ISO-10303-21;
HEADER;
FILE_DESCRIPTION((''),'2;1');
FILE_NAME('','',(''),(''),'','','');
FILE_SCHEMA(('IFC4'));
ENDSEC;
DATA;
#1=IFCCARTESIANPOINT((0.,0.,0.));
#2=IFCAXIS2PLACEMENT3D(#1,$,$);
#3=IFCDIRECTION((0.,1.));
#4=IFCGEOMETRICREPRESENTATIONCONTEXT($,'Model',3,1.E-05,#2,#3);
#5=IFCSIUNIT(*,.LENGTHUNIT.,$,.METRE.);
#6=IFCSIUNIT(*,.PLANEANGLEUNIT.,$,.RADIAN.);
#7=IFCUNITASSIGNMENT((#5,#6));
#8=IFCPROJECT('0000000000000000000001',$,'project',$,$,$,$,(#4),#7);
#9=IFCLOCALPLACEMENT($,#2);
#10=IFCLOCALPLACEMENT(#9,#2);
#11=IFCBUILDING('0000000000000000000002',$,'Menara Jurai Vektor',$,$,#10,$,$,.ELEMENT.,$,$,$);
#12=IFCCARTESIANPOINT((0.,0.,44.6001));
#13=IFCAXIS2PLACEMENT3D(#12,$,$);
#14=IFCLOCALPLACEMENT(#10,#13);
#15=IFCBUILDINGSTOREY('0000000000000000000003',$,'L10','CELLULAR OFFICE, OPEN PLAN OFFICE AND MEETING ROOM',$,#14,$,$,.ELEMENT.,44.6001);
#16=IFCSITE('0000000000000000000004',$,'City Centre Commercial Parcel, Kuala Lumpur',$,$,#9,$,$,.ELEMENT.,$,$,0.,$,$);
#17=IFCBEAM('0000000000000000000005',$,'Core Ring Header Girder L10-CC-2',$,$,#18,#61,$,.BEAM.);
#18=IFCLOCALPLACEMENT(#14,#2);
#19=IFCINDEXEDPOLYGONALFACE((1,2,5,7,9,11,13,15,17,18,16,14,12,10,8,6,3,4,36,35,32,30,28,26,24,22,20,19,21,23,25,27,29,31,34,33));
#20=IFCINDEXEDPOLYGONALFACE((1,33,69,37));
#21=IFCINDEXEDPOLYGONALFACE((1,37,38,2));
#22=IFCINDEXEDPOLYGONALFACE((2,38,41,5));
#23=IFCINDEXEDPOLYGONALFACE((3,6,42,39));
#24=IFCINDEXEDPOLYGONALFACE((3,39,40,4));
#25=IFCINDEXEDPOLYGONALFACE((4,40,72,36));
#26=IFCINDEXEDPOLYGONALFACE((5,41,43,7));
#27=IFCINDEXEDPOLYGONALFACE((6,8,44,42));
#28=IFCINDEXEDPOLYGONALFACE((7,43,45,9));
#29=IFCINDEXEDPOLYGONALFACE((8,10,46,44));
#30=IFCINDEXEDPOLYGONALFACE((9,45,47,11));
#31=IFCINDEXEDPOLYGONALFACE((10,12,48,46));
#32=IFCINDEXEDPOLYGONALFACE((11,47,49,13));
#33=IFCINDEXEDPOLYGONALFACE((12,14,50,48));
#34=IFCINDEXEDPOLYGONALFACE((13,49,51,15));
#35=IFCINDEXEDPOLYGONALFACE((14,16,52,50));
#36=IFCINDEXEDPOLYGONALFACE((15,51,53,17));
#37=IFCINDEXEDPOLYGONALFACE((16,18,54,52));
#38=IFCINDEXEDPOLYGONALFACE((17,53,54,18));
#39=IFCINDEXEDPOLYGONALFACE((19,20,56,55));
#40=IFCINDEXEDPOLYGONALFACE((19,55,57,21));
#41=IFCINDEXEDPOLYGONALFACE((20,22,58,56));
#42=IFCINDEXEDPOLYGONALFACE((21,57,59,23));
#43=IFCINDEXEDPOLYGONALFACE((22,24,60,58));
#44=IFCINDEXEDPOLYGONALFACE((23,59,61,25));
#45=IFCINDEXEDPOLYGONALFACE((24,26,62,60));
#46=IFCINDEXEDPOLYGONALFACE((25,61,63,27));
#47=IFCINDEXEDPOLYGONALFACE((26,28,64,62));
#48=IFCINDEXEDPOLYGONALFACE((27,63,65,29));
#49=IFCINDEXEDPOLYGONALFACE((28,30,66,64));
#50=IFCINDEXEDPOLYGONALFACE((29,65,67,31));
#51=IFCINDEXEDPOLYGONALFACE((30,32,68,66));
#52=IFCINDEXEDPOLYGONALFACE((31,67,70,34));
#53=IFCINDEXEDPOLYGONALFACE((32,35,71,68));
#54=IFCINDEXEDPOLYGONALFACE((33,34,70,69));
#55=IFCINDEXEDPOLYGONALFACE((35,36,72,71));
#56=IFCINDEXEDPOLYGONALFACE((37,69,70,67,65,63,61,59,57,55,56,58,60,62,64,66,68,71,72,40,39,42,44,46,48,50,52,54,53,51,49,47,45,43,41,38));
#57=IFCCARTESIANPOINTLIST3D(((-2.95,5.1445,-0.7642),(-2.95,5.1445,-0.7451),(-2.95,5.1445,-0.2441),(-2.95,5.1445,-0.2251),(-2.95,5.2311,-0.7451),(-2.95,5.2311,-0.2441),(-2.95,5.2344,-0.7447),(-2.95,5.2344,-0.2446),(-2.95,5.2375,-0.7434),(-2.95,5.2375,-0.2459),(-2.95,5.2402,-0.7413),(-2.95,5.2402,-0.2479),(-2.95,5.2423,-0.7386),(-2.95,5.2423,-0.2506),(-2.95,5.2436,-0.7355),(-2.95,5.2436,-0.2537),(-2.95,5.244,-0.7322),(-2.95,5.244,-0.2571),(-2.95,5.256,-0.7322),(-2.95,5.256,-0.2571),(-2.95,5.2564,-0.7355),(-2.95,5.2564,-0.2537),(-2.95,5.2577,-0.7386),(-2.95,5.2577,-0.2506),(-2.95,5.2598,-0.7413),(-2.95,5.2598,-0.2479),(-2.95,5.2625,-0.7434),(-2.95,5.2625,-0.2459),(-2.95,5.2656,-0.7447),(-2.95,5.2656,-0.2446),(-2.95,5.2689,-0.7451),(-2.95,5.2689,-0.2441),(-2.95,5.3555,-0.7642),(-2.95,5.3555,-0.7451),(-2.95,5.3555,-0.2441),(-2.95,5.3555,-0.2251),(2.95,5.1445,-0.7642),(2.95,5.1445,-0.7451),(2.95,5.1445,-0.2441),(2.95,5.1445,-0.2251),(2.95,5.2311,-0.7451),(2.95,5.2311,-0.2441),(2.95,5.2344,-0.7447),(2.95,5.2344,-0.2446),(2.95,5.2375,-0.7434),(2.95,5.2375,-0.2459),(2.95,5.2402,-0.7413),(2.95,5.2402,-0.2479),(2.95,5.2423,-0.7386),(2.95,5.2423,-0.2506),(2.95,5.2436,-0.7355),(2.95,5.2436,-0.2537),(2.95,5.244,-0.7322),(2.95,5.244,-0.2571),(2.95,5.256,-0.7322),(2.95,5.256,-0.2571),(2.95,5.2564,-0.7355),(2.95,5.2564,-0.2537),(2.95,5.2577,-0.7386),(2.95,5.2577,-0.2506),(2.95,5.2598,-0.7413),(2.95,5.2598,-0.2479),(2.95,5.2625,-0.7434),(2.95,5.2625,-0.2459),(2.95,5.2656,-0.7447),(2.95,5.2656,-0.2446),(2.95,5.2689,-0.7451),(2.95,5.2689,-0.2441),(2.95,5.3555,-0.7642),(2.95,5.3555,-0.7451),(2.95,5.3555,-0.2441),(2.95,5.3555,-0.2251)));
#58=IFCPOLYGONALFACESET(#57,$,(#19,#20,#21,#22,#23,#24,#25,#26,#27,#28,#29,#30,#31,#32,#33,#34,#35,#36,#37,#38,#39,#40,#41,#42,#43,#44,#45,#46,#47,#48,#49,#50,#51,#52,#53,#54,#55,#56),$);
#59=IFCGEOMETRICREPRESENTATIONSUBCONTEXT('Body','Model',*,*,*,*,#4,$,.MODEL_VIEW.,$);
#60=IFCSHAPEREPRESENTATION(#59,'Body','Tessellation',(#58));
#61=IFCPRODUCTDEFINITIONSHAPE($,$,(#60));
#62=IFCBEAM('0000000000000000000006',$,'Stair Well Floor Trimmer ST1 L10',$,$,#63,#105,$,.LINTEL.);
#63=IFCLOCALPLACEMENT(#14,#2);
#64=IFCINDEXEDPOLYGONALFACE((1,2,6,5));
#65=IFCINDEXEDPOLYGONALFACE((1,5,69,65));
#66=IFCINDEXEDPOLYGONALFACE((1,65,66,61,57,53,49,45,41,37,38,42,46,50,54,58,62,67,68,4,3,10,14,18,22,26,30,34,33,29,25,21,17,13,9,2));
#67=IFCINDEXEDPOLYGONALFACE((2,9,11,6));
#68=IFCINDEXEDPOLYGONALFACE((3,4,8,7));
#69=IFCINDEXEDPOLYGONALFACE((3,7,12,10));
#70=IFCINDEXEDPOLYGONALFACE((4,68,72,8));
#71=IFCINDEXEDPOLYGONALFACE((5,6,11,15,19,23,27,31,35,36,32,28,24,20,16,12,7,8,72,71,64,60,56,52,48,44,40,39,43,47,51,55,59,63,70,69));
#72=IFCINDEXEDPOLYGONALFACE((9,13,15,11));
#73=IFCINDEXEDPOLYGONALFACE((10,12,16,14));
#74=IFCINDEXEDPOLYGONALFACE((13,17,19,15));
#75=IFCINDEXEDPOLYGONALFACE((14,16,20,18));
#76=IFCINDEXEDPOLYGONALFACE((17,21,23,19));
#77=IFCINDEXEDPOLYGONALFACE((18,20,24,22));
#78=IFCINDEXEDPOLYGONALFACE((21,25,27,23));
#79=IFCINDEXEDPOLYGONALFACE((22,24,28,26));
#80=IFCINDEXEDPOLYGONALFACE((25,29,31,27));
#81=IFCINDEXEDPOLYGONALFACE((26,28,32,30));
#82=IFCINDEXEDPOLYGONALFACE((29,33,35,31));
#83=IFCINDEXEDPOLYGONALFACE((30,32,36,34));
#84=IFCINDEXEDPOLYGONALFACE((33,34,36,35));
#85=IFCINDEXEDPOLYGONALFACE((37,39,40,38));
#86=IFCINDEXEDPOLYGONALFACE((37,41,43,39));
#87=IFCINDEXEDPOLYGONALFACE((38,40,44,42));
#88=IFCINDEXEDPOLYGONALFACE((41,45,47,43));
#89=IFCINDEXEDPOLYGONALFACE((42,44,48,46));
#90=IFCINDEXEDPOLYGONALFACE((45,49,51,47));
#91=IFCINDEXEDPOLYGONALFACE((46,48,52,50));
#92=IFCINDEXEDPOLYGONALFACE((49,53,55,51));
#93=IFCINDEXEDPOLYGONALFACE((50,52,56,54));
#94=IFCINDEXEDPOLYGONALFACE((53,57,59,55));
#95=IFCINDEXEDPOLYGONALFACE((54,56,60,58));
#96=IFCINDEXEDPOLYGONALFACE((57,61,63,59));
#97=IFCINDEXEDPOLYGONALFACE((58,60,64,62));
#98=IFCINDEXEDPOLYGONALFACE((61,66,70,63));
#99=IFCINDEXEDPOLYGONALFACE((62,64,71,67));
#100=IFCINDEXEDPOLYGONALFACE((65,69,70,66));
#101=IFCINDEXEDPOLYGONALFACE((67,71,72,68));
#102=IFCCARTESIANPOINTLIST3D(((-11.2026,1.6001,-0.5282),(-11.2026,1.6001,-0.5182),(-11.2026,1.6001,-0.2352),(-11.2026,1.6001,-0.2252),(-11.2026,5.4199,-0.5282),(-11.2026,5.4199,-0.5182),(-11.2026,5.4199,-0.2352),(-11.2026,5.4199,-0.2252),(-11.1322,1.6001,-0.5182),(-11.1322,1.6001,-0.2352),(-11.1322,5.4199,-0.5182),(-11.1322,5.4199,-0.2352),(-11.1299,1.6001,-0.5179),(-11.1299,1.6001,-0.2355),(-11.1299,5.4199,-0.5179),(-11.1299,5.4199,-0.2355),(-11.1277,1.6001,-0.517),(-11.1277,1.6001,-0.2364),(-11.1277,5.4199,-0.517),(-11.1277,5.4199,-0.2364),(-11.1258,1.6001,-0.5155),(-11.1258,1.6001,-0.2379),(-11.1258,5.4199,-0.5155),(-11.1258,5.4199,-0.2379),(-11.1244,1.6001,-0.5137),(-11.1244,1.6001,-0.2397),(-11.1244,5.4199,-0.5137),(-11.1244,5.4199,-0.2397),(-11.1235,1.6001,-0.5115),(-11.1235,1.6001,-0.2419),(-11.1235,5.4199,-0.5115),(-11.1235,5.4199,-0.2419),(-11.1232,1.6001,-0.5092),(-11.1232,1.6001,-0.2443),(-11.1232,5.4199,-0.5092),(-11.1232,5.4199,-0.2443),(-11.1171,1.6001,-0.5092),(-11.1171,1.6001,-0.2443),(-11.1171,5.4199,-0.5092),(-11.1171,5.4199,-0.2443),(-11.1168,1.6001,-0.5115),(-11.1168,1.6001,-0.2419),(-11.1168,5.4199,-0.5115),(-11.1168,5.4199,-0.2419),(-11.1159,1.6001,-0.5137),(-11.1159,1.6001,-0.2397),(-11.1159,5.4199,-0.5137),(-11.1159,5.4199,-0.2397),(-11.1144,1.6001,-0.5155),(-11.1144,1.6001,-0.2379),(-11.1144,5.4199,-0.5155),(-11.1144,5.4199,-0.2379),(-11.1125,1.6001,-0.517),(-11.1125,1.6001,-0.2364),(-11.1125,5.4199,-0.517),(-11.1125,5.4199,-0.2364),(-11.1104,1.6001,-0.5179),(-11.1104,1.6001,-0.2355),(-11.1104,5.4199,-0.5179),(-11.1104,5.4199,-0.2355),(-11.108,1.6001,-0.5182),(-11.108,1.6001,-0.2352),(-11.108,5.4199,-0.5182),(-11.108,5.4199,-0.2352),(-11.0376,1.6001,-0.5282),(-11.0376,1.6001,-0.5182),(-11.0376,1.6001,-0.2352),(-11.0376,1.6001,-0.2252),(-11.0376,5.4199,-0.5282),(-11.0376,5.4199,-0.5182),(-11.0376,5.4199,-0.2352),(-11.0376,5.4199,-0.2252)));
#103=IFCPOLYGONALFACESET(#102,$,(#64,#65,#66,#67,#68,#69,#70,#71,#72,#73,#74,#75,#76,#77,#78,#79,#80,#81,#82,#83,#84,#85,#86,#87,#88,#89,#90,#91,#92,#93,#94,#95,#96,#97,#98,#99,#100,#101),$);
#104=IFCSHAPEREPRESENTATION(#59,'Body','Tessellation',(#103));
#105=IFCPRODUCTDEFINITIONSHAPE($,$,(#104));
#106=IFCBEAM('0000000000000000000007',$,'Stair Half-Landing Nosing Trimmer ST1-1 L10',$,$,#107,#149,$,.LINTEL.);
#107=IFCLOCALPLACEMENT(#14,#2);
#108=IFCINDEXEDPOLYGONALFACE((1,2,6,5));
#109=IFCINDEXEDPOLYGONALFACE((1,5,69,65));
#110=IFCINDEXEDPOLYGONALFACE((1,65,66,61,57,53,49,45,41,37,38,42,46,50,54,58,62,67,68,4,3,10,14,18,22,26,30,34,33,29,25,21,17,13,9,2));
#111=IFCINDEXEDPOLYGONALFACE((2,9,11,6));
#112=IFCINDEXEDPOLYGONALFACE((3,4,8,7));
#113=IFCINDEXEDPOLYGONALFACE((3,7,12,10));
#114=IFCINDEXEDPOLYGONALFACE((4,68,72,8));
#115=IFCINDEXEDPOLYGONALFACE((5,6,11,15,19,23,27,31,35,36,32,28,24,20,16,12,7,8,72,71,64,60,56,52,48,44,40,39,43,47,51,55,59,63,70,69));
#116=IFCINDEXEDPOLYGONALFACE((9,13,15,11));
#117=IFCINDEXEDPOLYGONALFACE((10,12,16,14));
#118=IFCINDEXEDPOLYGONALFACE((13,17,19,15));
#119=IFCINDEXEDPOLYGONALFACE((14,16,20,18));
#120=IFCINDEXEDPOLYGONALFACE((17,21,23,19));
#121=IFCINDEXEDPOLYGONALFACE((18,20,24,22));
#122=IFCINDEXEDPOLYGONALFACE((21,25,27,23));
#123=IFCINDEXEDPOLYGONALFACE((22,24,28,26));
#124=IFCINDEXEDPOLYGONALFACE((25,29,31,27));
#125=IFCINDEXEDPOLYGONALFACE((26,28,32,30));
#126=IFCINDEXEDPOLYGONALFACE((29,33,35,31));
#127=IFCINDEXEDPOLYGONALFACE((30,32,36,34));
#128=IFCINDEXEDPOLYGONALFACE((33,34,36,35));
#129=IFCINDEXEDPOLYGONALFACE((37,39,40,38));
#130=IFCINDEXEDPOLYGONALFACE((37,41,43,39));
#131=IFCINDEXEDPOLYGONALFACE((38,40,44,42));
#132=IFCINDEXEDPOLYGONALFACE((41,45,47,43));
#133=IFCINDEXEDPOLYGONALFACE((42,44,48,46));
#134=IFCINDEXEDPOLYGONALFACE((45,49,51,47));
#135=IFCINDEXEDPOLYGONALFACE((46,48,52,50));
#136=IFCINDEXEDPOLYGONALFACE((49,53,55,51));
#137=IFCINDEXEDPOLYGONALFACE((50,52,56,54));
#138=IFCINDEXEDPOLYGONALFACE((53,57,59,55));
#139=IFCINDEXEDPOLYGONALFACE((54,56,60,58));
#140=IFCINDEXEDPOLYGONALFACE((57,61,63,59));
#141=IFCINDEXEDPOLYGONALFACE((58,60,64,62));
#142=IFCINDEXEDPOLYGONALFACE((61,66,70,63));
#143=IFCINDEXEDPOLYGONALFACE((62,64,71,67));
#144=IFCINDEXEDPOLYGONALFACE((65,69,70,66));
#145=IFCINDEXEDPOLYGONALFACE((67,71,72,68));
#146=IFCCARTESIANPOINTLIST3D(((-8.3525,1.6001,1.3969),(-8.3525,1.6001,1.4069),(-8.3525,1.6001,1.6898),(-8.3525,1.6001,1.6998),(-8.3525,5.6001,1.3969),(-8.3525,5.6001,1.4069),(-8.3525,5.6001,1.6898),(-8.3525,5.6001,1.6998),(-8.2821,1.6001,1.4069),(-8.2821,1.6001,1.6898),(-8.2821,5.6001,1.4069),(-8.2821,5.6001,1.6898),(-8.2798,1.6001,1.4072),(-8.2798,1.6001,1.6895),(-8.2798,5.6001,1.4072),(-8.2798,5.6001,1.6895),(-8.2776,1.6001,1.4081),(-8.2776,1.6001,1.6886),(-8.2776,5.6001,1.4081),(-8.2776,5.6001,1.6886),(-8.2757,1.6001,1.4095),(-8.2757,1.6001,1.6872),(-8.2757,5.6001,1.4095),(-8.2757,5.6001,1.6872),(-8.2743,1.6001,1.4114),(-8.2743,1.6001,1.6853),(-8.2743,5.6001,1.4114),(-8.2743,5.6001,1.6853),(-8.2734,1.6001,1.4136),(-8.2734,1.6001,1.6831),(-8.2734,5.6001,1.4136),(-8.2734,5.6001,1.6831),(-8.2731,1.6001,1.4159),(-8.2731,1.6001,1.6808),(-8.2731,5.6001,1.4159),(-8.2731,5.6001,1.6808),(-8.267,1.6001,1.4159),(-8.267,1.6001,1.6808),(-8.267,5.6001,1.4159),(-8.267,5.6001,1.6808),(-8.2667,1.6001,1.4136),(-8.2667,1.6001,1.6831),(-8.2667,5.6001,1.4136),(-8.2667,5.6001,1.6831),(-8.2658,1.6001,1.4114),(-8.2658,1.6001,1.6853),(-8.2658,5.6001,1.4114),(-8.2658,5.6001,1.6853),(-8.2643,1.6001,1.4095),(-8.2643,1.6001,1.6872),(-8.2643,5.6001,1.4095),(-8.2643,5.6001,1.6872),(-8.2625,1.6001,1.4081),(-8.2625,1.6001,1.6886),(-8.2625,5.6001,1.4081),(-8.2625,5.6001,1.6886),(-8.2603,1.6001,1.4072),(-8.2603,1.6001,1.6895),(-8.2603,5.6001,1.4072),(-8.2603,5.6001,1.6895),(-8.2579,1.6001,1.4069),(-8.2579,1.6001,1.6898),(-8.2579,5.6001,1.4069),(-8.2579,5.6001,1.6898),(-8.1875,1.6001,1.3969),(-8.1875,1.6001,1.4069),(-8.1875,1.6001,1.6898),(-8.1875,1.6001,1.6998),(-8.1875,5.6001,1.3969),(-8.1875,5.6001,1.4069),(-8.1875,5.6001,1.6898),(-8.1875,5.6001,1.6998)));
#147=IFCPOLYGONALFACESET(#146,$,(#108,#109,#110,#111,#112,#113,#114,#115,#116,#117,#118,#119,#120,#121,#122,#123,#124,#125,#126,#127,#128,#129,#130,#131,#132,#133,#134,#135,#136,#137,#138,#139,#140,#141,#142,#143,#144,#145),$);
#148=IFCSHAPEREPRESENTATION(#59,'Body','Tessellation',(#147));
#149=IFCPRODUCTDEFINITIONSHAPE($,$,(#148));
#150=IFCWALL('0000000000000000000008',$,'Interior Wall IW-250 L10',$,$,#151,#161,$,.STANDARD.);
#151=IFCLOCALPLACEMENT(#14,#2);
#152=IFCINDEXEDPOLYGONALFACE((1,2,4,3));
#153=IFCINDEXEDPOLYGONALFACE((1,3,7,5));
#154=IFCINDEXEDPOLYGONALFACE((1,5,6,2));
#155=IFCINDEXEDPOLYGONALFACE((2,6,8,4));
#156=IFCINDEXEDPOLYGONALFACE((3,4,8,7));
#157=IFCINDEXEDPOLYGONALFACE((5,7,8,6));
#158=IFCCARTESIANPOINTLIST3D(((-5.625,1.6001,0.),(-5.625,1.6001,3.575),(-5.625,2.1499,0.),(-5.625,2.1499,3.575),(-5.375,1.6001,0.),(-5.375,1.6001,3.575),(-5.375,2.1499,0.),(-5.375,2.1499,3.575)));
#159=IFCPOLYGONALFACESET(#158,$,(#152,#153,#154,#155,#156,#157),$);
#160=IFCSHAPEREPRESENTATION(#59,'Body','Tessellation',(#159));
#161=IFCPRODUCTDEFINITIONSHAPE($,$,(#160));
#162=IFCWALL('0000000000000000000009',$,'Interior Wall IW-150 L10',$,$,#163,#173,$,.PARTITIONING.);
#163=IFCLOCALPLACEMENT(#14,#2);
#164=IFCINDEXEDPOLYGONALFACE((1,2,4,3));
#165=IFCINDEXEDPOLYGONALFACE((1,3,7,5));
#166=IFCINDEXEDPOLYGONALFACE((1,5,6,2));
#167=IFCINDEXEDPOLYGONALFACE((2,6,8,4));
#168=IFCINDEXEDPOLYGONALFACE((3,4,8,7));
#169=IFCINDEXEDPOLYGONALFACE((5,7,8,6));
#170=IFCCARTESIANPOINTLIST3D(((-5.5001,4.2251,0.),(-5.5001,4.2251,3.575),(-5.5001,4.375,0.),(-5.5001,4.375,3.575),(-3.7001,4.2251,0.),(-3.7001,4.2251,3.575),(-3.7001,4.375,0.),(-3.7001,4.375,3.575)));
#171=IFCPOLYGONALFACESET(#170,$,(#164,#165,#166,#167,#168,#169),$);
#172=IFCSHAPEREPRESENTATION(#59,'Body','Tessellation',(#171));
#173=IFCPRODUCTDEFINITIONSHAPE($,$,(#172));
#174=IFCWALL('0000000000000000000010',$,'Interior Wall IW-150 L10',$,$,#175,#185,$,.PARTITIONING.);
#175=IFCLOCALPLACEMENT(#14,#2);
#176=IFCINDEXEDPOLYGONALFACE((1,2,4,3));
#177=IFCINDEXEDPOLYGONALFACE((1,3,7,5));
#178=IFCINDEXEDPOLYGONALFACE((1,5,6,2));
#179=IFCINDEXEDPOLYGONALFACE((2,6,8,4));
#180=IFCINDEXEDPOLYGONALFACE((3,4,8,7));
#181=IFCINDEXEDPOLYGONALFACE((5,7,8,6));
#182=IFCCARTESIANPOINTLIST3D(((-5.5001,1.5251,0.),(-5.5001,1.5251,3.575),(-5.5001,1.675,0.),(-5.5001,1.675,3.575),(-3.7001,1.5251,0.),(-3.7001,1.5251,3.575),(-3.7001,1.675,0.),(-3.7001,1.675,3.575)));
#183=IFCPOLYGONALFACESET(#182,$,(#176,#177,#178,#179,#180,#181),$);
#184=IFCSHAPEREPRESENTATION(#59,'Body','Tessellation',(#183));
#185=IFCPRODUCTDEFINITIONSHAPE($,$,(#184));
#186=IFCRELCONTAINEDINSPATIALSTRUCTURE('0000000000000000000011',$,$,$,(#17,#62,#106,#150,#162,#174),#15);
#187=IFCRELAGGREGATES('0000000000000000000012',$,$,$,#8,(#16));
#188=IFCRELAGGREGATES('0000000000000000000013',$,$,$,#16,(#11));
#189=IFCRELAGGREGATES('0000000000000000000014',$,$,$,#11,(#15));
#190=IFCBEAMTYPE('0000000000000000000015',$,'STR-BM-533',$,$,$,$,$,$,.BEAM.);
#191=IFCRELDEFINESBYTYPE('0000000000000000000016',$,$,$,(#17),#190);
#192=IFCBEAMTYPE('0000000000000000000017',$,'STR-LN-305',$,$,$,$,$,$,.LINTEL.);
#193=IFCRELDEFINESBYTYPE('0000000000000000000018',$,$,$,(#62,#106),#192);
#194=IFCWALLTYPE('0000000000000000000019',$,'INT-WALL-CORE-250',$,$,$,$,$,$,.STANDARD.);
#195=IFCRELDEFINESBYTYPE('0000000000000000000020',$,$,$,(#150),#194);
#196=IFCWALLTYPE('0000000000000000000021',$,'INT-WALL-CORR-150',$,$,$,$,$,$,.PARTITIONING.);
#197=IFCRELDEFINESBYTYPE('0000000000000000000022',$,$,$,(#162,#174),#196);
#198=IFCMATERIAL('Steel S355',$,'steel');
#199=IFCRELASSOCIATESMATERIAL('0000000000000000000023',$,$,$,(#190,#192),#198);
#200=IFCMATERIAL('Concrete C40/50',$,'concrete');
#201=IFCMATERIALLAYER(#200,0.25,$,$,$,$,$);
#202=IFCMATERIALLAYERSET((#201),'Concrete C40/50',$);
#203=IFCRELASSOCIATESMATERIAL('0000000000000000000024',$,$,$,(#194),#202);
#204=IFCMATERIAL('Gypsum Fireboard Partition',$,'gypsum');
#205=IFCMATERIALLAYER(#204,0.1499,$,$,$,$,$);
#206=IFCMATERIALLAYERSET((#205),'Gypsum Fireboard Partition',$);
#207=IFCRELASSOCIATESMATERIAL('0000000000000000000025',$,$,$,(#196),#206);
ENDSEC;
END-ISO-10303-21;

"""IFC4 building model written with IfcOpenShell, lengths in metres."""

from ifc_helpers import new_model, si_unit, direction, frame, frame_2d, origin, origin_2d, place, context, subcontext, project, spatial, rectangle, i_section, extrude, material, layer, layer_set, material_profile, profile_set, type_object, element, save


model = new_model("IFC4")

# Units and contexts
model_context = context("Model", 3, precision=1e-05, world=origin(), true_north=direction((0.0, 1.0)))
body_context = subcontext(model_context, "Body", "Model", "MODEL_VIEW")
ifc_project = project(units=[si_unit("LENGTHUNIT", "METRE"), si_unit("PLANEANGLEUNIT", "RADIAN")], contexts=[model_context])

# Site, building, storey
site_placement = place(None, origin())
site = spatial("IfcSite", under=ifc_project, at=site_placement, Name="City Centre Commercial Parcel, Kuala Lumpur", CompositionType="ELEMENT", RefElevation=0.0)
building_placement = place(site_placement, origin())
building = spatial("IfcBuilding", under=site, at=building_placement, Name="Menara Jurai Vektor", CompositionType="ELEMENT")
storey_placement = place(building_placement, frame((0.0, 0.0, 44.6001)))
storey = spatial("IfcBuildingStorey", under=building, at=storey_placement, Name="L10", Description="CELLULAR OFFICE, OPEN PLAN OFFICE AND MEETING ROOM", CompositionType="ELEMENT", Elevation=44.6001)

# Shared definitions
ifc_material_1 = material(Name="Steel S355", Category="steel")

# Beams
ifc_material_profile_1 = material_profile(ifc_material_1, i_section(OverallWidth=0.2109, OverallDepth=0.5391, WebThickness=0.012, FlangeThickness=0.019, FilletRadius=0.0129, at=origin_2d()), Name="UKB 533x210x109")
ifc_profile_set_1 = profile_set([ifc_material_profile_1], Name="Steel S355")
beam_type_1 = type_object("IfcBeamType", Name="STR-BM-533", PredefinedType="BEAM", material=ifc_profile_set_1)
beam_1_placement = place(storey_placement, frame((-2.95, 5.25, -0.4946), z_axis=(1.0, 0.0, 0.0), x_axis=(0.0, 1.0, 0.0)))
element("IfcBeam", 1, at=beam_1_placement, inside=storey, type_object=beam_type_1, Name="Core Ring Header Girder L10-CC-2", PredefinedType="BEAM", context=body_context, shape_type="SweptSolid", body=[
    extrude(i_section(OverallWidth=0.2109, OverallDepth=0.5391, WebThickness=0.012, FlangeThickness=0.019, FilletRadius=0.0129, at=origin_2d()), origin(), (0.0, 0.0, 1.0), 5.8999),
])
ifc_material_profile_2 = material_profile(ifc_material_1, i_section(OverallWidth=0.165, OverallDepth=0.303, WebThickness=0.0061, FlangeThickness=0.01, FilletRadius=0.009, at=origin_2d()), Name="UKB 305x165x40")
ifc_profile_set_2 = profile_set([ifc_material_profile_2], Name="Steel S355")
beam_type_2 = type_object("IfcBeamType", Name="STR-LN-305", PredefinedType="LINTEL", material=ifc_profile_set_2)
beam_2_placement = place(storey_placement, frame((-11.1201, 1.6001, -0.3767), z_axis=(0.0, 1.0, 0.0), x_axis=(-1.0, 0.0, 0.0)))
element("IfcBeam", 2, at=beam_2_placement, inside=storey, type_object=beam_type_2, Name="Stair Well Floor Trimmer ST1 L10", PredefinedType="LINTEL", context=body_context, shape_type="SweptSolid", body=[
    extrude(i_section(OverallWidth=0.165, OverallDepth=0.303, WebThickness=0.0061, FlangeThickness=0.01, FilletRadius=0.009, at=origin_2d()), origin(), (0.0, 0.0, 1.0), 3.8198),
])
beam_3_placement = place(storey_placement, frame((-8.27, 1.6001, 1.5483), z_axis=(0.0, 1.0, 0.0), x_axis=(-1.0, 0.0, 0.0)))
element("IfcBeam", 3, at=beam_3_placement, inside=storey, type_object=beam_type_2, Name="Stair Half-Landing Nosing Trimmer ST1-1 L10", PredefinedType="LINTEL", context=body_context, shape_type="SweptSolid", body=[
    extrude(i_section(OverallWidth=0.165, OverallDepth=0.303, WebThickness=0.0061, FlangeThickness=0.01, FilletRadius=0.009, at=origin_2d()), origin(), (0.0, 0.0, 1.0), 4.0),
])

# Shared definitions
ifc_material_2 = material(Name="Concrete C40/50", Category="concrete")
ifc_layer_1 = layer(ifc_material_2, 0.25)
ifc_layer_set_1 = layer_set([ifc_layer_1], Name="Concrete C40/50")
wall_type_1 = type_object("IfcWallType", Name="INT-WALL-CORE-250", PredefinedType="STANDARD", material=ifc_layer_set_1)

# Walls
wall_1_placement = place(storey_placement, frame((-5.5, 1.6001, 0.0), z_axis=(0.0, 0.0, 1.0), x_axis=(0.0, 1.0, 0.0)))
element("IfcWall", 4, at=wall_1_placement, inside=storey, type_object=wall_type_1, Name="Interior Wall IW-250 L10", PredefinedType="STANDARD", context=body_context, shape_type="SweptSolid", body=[
    extrude(rectangle(XDim=0.5498, YDim=0.25, at=frame_2d((0.2749, 0.0))), origin(), (0.0, 0.0, 1.0), 3.575),
])
ifc_material_3 = material(Name="Gypsum Fireboard Partition", Category="gypsum")
ifc_layer_2 = layer(ifc_material_3, 0.1499)
ifc_layer_set_2 = layer_set([ifc_layer_2], Name="Gypsum Fireboard Partition")
wall_type_2 = type_object("IfcWallType", Name="INT-WALL-CORR-150", PredefinedType="PARTITIONING", material=ifc_layer_set_2)
for number, where, z_axis, x_axis, name in (
    (5, (-5.5, 4.3, 0.0), (0.0, 0.0, 1.0), (1.0, 0.0, 0.0), "Interior Wall IW-150 L10"),
    (6, (-5.5, 1.6001, 0.0), (0.0, 0.0, 1.0), (1.0, 0.0, 0.0), "Interior Wall IW-150 L10"),
):
    element("IfcWall", number, at=place(storey_placement, frame(where, z_axis=z_axis, x_axis=x_axis)), inside=storey, type_object=wall_type_2, Name=name, PredefinedType="PARTITIONING", context=body_context, shape_type="SweptSolid", body=[
        extrude(rectangle(XDim=1.8, YDim=0.1499, at=frame_2d((0.8999, 0.0))), origin(), (0.0, 0.0, 1.0), 3.575),
    ])

save(model, "model.ifc")
